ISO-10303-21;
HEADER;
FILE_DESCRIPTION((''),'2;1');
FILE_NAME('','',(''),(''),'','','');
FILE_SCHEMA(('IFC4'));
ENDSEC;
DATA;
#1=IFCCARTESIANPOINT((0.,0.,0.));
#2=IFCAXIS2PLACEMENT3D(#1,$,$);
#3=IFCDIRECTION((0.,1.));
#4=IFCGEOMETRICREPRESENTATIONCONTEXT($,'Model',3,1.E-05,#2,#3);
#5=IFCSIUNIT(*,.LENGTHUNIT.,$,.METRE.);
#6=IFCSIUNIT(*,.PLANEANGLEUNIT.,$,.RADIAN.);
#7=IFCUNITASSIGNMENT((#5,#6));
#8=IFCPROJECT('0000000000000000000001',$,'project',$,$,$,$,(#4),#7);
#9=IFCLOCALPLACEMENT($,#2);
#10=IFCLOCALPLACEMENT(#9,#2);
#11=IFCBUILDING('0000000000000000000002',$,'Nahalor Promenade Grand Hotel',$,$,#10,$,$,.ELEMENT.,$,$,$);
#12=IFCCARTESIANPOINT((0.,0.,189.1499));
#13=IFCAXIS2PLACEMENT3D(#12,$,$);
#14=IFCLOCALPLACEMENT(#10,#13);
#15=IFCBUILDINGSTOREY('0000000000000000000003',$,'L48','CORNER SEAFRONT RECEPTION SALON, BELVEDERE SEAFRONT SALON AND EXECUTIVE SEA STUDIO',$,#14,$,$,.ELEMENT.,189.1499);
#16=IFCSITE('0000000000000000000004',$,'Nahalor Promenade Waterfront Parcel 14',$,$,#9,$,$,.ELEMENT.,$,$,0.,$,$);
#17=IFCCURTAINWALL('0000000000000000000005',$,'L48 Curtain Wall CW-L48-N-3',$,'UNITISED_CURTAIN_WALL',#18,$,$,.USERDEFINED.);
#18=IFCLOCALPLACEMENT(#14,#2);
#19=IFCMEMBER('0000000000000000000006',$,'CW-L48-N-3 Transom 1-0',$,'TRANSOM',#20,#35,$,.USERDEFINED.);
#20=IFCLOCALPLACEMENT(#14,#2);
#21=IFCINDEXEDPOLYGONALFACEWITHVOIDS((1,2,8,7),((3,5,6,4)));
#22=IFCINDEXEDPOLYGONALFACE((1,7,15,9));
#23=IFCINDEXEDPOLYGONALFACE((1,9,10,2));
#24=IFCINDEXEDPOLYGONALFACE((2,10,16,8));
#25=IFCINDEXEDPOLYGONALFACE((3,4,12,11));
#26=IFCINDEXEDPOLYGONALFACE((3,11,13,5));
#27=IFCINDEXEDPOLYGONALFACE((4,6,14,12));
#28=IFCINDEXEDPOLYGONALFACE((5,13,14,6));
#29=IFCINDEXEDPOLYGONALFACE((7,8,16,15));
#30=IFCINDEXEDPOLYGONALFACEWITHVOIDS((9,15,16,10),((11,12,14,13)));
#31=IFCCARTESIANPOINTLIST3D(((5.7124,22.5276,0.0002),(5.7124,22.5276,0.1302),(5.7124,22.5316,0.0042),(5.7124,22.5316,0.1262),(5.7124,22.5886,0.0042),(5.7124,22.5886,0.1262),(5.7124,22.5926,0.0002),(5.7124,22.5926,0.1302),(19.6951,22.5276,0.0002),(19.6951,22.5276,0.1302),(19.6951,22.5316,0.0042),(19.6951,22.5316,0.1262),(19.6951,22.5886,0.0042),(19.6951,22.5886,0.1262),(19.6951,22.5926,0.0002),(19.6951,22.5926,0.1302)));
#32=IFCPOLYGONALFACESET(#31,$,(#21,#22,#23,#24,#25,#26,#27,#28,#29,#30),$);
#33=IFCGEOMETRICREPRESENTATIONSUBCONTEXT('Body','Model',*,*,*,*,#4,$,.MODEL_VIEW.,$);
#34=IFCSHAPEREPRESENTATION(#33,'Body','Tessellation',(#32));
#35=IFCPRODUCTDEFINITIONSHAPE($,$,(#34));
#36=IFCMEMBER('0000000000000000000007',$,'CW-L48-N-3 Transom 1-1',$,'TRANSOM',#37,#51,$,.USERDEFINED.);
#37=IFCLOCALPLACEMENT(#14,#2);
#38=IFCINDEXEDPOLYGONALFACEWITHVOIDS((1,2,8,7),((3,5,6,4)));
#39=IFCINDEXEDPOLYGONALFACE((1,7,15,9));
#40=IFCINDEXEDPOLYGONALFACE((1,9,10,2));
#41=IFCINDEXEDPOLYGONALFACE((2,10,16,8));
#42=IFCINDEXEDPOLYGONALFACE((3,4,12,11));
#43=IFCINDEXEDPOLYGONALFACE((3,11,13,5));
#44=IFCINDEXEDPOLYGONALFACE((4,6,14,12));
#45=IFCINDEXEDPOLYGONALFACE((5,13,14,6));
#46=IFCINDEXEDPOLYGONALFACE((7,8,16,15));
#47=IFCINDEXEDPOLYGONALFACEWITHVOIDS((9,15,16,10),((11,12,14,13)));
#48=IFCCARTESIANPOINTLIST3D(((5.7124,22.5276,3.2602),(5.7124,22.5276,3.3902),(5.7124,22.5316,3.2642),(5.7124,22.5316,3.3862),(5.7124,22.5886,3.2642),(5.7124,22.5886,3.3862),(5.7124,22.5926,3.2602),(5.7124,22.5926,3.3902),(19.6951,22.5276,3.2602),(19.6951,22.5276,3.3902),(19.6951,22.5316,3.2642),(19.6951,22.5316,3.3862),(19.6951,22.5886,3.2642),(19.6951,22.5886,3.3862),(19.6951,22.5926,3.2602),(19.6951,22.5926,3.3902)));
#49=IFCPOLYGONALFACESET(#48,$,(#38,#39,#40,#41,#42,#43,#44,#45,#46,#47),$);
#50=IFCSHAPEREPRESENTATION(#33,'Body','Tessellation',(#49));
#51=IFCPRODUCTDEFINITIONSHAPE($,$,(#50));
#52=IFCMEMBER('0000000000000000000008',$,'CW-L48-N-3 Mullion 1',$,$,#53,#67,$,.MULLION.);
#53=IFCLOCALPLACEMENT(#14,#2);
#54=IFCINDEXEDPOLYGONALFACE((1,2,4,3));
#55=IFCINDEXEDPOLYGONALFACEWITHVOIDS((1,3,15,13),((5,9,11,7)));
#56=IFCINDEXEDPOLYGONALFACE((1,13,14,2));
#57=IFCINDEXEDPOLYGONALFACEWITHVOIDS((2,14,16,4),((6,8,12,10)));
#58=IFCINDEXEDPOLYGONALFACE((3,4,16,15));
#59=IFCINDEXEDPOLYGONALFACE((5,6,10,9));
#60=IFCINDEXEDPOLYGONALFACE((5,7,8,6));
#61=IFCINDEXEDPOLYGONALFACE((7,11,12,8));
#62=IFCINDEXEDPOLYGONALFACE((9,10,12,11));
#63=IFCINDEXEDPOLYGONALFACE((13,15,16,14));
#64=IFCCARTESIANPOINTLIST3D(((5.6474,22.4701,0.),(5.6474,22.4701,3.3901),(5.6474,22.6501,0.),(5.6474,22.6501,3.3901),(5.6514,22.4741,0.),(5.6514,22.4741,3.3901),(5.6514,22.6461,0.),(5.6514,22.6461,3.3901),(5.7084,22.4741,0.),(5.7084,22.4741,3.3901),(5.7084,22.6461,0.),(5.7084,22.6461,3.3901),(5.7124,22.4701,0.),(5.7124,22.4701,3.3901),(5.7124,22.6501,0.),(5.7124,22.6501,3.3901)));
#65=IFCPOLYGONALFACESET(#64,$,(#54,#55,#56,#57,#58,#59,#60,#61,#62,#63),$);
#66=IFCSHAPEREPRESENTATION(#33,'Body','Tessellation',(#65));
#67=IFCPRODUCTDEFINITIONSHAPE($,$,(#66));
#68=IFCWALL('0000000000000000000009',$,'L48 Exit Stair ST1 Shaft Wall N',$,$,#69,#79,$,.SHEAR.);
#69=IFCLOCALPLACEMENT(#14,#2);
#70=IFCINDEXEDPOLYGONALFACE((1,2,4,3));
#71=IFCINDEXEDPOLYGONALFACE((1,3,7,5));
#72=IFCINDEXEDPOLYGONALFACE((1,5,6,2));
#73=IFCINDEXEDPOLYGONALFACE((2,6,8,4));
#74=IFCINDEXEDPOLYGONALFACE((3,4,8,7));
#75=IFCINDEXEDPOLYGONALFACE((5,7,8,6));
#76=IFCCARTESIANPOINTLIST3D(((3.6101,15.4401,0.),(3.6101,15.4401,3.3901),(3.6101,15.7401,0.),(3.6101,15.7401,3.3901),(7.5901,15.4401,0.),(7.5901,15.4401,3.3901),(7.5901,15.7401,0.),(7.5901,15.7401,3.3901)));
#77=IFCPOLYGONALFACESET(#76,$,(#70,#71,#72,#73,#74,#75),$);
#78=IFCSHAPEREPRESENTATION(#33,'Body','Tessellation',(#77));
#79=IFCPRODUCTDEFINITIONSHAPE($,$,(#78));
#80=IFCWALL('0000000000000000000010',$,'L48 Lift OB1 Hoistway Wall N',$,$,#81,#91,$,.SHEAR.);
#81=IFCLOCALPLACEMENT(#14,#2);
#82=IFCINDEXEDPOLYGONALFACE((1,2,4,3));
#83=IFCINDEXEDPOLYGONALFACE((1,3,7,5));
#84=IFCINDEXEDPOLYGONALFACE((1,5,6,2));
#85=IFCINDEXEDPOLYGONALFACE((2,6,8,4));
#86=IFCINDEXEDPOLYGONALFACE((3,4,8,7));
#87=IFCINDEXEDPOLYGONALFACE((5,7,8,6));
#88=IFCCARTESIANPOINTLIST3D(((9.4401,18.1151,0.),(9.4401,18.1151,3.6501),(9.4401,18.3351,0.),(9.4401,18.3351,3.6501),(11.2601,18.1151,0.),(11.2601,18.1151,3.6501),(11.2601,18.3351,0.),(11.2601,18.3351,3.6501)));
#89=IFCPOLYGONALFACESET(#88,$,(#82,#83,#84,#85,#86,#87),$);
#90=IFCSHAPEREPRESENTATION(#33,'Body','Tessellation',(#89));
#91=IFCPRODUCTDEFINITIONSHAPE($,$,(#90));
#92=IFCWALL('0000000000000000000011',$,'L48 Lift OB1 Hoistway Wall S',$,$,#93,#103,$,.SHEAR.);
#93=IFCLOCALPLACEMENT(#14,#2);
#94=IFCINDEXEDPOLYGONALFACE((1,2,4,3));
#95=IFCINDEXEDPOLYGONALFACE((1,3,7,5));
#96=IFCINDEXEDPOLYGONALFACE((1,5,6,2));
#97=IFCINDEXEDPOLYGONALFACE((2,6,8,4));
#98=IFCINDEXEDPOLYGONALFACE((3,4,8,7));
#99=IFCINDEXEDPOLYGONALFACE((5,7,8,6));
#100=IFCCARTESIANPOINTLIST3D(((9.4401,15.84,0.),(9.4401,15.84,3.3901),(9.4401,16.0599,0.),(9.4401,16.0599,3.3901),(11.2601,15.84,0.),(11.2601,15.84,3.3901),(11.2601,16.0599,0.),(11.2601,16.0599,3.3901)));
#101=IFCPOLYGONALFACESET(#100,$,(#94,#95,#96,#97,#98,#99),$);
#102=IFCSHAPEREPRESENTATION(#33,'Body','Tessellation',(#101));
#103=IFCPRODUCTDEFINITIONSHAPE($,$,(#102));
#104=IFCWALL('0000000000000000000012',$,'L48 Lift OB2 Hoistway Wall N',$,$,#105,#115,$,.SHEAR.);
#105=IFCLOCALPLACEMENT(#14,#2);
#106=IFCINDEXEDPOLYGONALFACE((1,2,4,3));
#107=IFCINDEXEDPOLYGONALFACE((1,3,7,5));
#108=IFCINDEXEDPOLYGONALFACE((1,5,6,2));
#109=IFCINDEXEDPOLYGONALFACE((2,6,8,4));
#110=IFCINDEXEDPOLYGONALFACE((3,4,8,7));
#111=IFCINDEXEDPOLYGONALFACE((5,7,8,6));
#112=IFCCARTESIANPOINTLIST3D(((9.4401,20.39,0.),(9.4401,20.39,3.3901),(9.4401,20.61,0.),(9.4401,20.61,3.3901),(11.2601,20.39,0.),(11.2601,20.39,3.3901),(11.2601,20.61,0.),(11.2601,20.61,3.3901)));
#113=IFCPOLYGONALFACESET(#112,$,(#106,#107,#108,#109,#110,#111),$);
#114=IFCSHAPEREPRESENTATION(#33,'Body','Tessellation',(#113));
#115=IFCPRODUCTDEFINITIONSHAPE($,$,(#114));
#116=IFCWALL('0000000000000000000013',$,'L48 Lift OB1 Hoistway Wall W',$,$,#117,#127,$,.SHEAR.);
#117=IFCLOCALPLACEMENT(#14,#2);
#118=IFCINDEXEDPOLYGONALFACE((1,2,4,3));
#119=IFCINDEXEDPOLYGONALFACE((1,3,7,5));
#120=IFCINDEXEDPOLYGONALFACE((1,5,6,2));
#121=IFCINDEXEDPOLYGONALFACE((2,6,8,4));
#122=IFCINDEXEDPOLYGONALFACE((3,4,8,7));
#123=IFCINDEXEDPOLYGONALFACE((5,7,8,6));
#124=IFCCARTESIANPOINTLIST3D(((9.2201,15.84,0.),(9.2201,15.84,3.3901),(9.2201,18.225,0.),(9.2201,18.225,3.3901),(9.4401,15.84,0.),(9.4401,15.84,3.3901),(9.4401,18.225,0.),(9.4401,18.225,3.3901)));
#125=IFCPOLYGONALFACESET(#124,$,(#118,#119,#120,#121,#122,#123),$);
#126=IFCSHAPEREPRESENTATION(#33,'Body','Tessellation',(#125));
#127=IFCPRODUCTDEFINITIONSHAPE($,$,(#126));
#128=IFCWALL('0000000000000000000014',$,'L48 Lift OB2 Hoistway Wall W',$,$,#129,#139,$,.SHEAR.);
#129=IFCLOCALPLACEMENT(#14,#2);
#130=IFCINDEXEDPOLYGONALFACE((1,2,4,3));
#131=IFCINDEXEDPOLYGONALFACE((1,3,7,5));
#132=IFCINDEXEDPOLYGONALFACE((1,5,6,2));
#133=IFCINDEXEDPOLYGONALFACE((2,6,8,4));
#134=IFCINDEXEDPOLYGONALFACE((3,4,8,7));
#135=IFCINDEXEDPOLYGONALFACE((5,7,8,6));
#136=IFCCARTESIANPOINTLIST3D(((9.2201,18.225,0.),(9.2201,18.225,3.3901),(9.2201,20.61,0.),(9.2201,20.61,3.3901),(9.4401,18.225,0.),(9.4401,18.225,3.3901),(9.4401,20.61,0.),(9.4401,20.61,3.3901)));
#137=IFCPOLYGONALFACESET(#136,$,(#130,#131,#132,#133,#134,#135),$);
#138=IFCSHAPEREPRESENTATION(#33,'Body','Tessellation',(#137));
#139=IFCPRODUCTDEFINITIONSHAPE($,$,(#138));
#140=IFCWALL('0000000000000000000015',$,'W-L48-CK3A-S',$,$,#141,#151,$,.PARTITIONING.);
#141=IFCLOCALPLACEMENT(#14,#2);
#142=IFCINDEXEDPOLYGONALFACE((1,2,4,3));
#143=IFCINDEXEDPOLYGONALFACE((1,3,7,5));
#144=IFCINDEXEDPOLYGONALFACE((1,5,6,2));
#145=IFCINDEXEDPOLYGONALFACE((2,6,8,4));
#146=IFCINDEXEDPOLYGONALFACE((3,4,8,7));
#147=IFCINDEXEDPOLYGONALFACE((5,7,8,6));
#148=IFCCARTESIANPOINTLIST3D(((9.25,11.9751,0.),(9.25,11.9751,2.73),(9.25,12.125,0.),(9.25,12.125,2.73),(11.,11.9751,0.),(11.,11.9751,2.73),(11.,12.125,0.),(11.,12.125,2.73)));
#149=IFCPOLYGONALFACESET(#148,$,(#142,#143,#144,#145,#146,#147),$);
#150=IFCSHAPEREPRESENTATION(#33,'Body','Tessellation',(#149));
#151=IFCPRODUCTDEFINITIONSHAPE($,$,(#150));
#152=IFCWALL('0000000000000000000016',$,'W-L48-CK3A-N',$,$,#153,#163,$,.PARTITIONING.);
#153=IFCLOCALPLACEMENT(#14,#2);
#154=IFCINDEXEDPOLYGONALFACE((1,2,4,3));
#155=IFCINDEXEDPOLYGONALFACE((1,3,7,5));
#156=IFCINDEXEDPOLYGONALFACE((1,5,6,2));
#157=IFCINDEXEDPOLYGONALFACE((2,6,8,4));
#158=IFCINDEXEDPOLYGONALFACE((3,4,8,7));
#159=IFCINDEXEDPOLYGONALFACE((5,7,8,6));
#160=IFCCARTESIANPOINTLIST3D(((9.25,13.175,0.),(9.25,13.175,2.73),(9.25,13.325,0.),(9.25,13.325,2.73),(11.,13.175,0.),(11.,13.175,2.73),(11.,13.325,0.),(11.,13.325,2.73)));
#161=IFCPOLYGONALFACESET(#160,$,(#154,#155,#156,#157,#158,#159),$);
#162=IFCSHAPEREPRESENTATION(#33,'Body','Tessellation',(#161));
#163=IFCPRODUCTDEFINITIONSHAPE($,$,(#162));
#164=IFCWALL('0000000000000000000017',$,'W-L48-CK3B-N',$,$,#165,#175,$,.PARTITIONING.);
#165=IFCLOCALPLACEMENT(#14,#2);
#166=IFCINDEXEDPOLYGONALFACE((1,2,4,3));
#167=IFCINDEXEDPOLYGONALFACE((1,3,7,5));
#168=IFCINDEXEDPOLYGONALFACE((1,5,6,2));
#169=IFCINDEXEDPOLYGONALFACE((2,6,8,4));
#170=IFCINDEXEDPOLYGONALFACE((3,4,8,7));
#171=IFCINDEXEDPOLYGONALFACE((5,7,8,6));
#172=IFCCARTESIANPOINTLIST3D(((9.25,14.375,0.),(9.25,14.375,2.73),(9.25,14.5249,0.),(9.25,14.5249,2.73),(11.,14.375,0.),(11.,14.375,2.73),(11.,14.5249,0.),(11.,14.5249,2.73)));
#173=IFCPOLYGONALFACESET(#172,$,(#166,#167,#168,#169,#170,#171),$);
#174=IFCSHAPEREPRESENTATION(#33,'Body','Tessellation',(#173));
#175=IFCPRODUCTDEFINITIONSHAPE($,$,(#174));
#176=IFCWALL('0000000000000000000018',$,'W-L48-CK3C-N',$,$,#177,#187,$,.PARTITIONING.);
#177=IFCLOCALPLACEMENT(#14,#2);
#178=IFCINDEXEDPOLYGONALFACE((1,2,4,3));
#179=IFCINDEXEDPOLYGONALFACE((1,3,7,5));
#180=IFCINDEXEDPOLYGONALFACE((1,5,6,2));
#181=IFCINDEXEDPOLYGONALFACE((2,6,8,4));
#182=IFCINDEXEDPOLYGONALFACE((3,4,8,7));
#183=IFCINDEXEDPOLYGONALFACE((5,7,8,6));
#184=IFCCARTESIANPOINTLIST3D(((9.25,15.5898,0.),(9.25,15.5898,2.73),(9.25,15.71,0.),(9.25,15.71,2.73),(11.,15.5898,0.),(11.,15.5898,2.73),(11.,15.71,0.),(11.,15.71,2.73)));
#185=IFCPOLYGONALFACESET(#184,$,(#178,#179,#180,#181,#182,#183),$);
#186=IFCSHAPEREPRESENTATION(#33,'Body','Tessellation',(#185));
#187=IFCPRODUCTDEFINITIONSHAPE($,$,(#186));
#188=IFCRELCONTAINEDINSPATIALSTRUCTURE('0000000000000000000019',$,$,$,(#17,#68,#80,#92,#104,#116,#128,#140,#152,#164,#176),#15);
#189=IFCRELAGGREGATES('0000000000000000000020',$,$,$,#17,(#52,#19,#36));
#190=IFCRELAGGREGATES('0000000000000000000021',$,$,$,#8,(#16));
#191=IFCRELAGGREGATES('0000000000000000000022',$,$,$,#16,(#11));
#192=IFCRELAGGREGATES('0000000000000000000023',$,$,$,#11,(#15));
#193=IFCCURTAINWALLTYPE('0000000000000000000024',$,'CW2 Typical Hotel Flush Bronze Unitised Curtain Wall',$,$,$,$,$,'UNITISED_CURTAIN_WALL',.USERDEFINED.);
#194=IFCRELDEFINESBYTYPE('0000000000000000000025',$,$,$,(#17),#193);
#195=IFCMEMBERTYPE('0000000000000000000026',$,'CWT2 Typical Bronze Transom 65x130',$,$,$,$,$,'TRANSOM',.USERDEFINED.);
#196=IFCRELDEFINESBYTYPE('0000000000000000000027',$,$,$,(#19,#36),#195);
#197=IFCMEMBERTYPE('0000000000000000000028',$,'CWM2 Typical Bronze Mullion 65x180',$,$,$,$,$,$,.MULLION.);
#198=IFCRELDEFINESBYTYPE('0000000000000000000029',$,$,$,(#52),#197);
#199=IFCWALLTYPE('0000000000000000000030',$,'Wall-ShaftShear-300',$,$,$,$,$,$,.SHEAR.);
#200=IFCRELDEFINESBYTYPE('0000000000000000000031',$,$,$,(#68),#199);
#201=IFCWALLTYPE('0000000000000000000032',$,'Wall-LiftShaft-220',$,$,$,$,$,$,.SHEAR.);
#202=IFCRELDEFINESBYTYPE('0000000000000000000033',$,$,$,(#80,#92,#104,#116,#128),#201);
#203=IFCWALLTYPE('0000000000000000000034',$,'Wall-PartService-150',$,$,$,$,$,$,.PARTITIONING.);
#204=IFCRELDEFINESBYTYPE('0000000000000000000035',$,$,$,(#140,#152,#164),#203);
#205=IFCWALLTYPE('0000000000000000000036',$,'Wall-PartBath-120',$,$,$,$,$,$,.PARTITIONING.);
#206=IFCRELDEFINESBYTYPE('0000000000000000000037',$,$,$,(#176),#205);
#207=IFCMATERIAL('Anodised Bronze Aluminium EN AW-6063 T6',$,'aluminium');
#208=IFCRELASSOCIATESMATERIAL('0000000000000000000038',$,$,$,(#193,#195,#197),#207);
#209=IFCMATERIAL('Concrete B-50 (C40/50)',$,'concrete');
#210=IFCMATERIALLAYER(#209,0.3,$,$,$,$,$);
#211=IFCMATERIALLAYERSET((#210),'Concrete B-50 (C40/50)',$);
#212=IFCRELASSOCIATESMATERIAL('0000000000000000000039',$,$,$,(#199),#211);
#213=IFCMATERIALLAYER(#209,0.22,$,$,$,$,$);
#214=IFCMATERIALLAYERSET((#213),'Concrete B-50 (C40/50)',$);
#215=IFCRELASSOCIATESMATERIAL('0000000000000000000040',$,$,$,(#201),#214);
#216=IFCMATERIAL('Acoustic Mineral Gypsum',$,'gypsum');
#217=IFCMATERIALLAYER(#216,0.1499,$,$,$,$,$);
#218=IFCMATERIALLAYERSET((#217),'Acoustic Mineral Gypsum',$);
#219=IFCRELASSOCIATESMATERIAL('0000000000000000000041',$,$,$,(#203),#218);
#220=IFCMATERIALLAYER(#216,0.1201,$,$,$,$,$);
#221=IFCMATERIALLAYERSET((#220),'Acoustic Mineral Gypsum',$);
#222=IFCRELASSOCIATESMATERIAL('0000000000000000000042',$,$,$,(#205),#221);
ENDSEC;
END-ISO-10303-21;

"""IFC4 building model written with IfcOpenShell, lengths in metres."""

from ifc_helpers import new_model, si_unit, direction, frame, frame_2d, origin, origin_2d, place, context, subcontext, project, spatial, rectangle, hollow_rectangle, extrude, source, transform, mapped, material, layer, layer_set, material_profile, profile_set, type_object, element, aggregate, save


model = new_model("IFC4")

# Units and contexts
model_context = context("Model", 3, precision=1e-05, world=origin(), true_north=direction((0.0, 1.0)))
body_context = subcontext(model_context, "Body", "Model", "MODEL_VIEW")
ifc_project = project(units=[si_unit("LENGTHUNIT", "METRE"), si_unit("PLANEANGLEUNIT", "RADIAN")], contexts=[model_context])

# Site, building, storey
site_placement = place(None, origin())
site = spatial("IfcSite", under=ifc_project, at=site_placement, Name="Nahalor Promenade Waterfront Parcel 14", CompositionType="ELEMENT", RefElevation=0.0)
building_placement = place(site_placement, origin())
building = spatial("IfcBuilding", under=site, at=building_placement, Name="Nahalor Promenade Grand Hotel", CompositionType="ELEMENT")
storey_placement = place(building_placement, frame((0.0, 0.0, 189.1499)))
storey = spatial("IfcBuildingStorey", under=building, at=storey_placement, Name="L48", Description="CORNER SEAFRONT RECEPTION SALON, BELVEDERE SEAFRONT SALON AND EXECUTIVE SEA STUDIO", CompositionType="ELEMENT", Elevation=189.1499)

# Curtain wall, members
ifc_material_1 = material(Name="Anodised Bronze Aluminium EN AW-6063 T6", Category="aluminium")
curtain_wall_type = type_object("IfcCurtainWallType", Name="CW2 Typical Hotel Flush Bronze Unitised Curtain Wall", ElementType="UNITISED_CURTAIN_WALL", PredefinedType="USERDEFINED", material=ifc_material_1)
curtain_wall_placement = place(storey_placement, origin())
curtain_wall = element("IfcCurtainWall", 1, at=curtain_wall_placement, inside=storey, type_object=curtain_wall_type, Name="L48 Curtain Wall CW-L48-N-3", ObjectType="UNITISED_CURTAIN_WALL", PredefinedType="USERDEFINED")
ifc_material_profile_1 = material_profile(ifc_material_1, hollow_rectangle(XDim=0.065, YDim=0.13, WallThickness=0.004, at=origin_2d()), Name="CWT 65x130x4")
ifc_profile_set_1 = profile_set([ifc_material_profile_1], Name="Anodised Bronze Aluminium EN AW-6063 T6")
member_type_1 = type_object("IfcMemberType", Name="CWT2 Typical Bronze Transom 65x130", ElementType="TRANSOM", PredefinedType="USERDEFINED", material=ifc_profile_set_1)
shared_shape_1 = source(origin(), body_context, "Body", "SweptSolid", [
    extrude(hollow_rectangle(XDim=0.065, YDim=0.13, WallThickness=0.004, at=origin_2d()), origin(), (0.0, 0.0, 1.0), 13.9827),
])
member_1_placement = place(storey_placement, frame((5.7124, 22.5601, 0.0652), z_axis=(1.0, 0.0, 0.0), x_axis=(0.0, 1.0, 0.0)))
member_1 = element("IfcMember", 2, at=member_1_placement, type_object=member_type_1, Name="CW-L48-N-3 Transom 1-0", ObjectType="TRANSOM", PredefinedType="USERDEFINED", context=body_context, shape_type="MappedRepresentation", body=[
    mapped(shared_shape_1, transform((0.0, 0.0, 0.0), scale=1.0)),
])
member_2_placement = place(storey_placement, frame((5.7124, 22.5601, 3.3252), z_axis=(1.0, 0.0, 0.0), x_axis=(0.0, 1.0, 0.0)))
member_2 = element("IfcMember", 3, at=member_2_placement, type_object=member_type_1, Name="CW-L48-N-3 Transom 1-1", ObjectType="TRANSOM", PredefinedType="USERDEFINED", context=body_context, shape_type="MappedRepresentation", body=[
    mapped(shared_shape_1, transform((0.0, 0.0, 0.0), scale=1.0)),
])
ifc_material_profile_2 = material_profile(ifc_material_1, hollow_rectangle(XDim=0.065, YDim=0.18, WallThickness=0.004, at=origin_2d()), Name="CWM 65x180x4")
ifc_profile_set_2 = profile_set([ifc_material_profile_2], Name="Anodised Bronze Aluminium EN AW-6063 T6")
member_type_2 = type_object("IfcMemberType", Name="CWM2 Typical Bronze Mullion 65x180", PredefinedType="MULLION", material=ifc_profile_set_2)
shared_shape_2 = source(origin(), body_context, "Body", "SweptSolid", [
    extrude(hollow_rectangle(XDim=0.065, YDim=0.18, WallThickness=0.004, at=origin_2d()), origin(), (0.0, 0.0, 1.0), 3.3901),
])
member_3_placement = place(storey_placement, frame((5.6799, 22.5601, 0.0), z_axis=(0.0, 0.0, 1.0), x_axis=(1.0, 0.0, 0.0)))
member_3 = element("IfcMember", 4, at=member_3_placement, type_object=member_type_2, Name="CW-L48-N-3 Mullion 1", PredefinedType="MULLION", context=body_context, shape_type="MappedRepresentation", body=[
    mapped(shared_shape_2, transform((0.0, 0.0, 0.0), scale=1.0)),
])
aggregate(curtain_wall, [member_3, member_1, member_2])

# Walls
ifc_material_2 = material(Name="Concrete B-50 (C40/50)", Category="concrete")
ifc_layer_1 = layer(ifc_material_2, 0.3)
ifc_layer_set_1 = layer_set([ifc_layer_1], Name="Concrete B-50 (C40/50)")
wall_type_1 = type_object("IfcWallType", Name="Wall-ShaftShear-300", PredefinedType="SHEAR", material=ifc_layer_set_1)
shared_shape_3 = source(origin(), body_context, "Body", "SweptSolid", [
    extrude(rectangle(XDim=3.98, YDim=0.3, at=frame_2d((1.99, 0.0))), origin(), (0.0, 0.0, 1.0), 3.3901),
])
wall_1_placement = place(storey_placement, frame((3.6101, 15.5901, 0.0), z_axis=(0.0, 0.0, 1.0), x_axis=(1.0, 0.0, 0.0)))
element("IfcWall", 5, at=wall_1_placement, inside=storey, type_object=wall_type_1, Name="L48 Exit Stair ST1 Shaft Wall N", PredefinedType="SHEAR", context=body_context, shape_type="MappedRepresentation", body=[
    mapped(shared_shape_3, transform((0.0, 0.0, 0.0), scale=1.0)),
])
ifc_layer_2 = layer(ifc_material_2, 0.22)
ifc_layer_set_2 = layer_set([ifc_layer_2], Name="Concrete B-50 (C40/50)")
wall_type_2 = type_object("IfcWallType", Name="Wall-LiftShaft-220", PredefinedType="SHEAR", material=ifc_layer_set_2)
shared_shape_4 = source(origin(), body_context, "Body", "SweptSolid", [
    extrude(rectangle(XDim=1.8201, YDim=0.22, at=frame_2d((0.9102, 0.0))), origin(), (0.0, 0.0, 1.0), 3.6501),
])
wall_2_placement = place(storey_placement, frame((9.4399, 18.2251, 0.0), z_axis=(0.0, 0.0, 1.0), x_axis=(1.0, 0.0, 0.0)))
element("IfcWall", 6, at=wall_2_placement, inside=storey, type_object=wall_type_2, Name="L48 Lift OB1 Hoistway Wall N", PredefinedType="SHEAR", context=body_context, shape_type="MappedRepresentation", body=[
    mapped(shared_shape_4, transform((0.0, 0.0, 0.0), scale=1.0)),
])
shared_shape_5 = source(origin(), body_context, "Body", "SweptSolid", [
    extrude(rectangle(XDim=1.8201, YDim=0.22, at=frame_2d((0.9102, 0.0))), origin(), (0.0, 0.0, 1.0), 3.3901),
])
for number, where, z_axis, x_axis, name in (
    (7, (9.4399, 15.95, 0.0), (0.0, 0.0, 1.0), (1.0, 0.0, 0.0), "L48 Lift OB1 Hoistway Wall S"),
    (8, (9.4399, 20.5, 0.0), (0.0, 0.0, 1.0), (1.0, 0.0, 0.0), "L48 Lift OB2 Hoistway Wall N"),
):
    element("IfcWall", number, at=place(storey_placement, frame(where, z_axis=z_axis, x_axis=x_axis)), inside=storey, type_object=wall_type_2, Name=name, PredefinedType="SHEAR", context=body_context, shape_type="MappedRepresentation", body=[
        mapped(shared_shape_5, transform((0.0, 0.0, 0.0), scale=1.0)),
    ])
shared_shape_6 = source(origin(), body_context, "Body", "SweptSolid", [
    extrude(rectangle(XDim=2.385, YDim=0.22, at=frame_2d((1.1924, 0.0))), origin(), (0.0, 0.0, 1.0), 3.3901),
])
for number, where, z_axis, x_axis, name in (
    (9, (9.3301, 15.8401, 0.0), (0.0, 0.0, 1.0), (0.0, 1.0, 0.0), "L48 Lift OB1 Hoistway Wall W"),
    (10, (9.3301, 18.2251, 0.0), (0.0, 0.0, 1.0), (0.0, 1.0, 0.0), "L48 Lift OB2 Hoistway Wall W"),
):
    element("IfcWall", number, at=place(storey_placement, frame(where, z_axis=z_axis, x_axis=x_axis)), inside=storey, type_object=wall_type_2, Name=name, PredefinedType="SHEAR", context=body_context, shape_type="MappedRepresentation", body=[
        mapped(shared_shape_6, transform((0.0, 0.0, 0.0), scale=1.0)),
    ])
ifc_material_3 = material(Name="Acoustic Mineral Gypsum", Category="gypsum")
ifc_layer_3 = layer(ifc_material_3, 0.1499)
ifc_layer_set_3 = layer_set([ifc_layer_3], Name="Acoustic Mineral Gypsum")
wall_type_3 = type_object("IfcWallType", Name="Wall-PartService-150", PredefinedType="PARTITIONING", material=ifc_layer_set_3)
shared_shape_7 = source(origin(), body_context, "Body", "SweptSolid", [
    extrude(rectangle(XDim=1.75, YDim=0.1499, at=frame_2d((0.875, 0.0))), origin(), (0.0, 0.0, 1.0), 2.73),
])
for number, where, z_axis, x_axis, name in (
    (11, (9.25, 12.05, 0.0), (0.0, 0.0, 1.0), (1.0, 0.0, 0.0), "W-L48-CK3A-S"),
    (12, (9.25, 13.25, 0.0), (0.0, 0.0, 1.0), (1.0, 0.0, 0.0), "W-L48-CK3A-N"),
    (13, (9.25, 14.45, 0.0), (0.0, 0.0, 1.0), (1.0, 0.0, 0.0), "W-L48-CK3B-N"),
):
    element("IfcWall", number, at=place(storey_placement, frame(where, z_axis=z_axis, x_axis=x_axis)), inside=storey, type_object=wall_type_3, Name=name, PredefinedType="PARTITIONING", context=body_context, shape_type="MappedRepresentation", body=[
        mapped(shared_shape_7, transform((0.0, 0.0, 0.0), scale=1.0)),
    ])
ifc_layer_4 = layer(ifc_material_3, 0.1201)
ifc_layer_set_4 = layer_set([ifc_layer_4], Name="Acoustic Mineral Gypsum")
wall_type_4 = type_object("IfcWallType", Name="Wall-PartBath-120", PredefinedType="PARTITIONING", material=ifc_layer_set_4)
shared_shape_8 = source(origin(), body_context, "Body", "SweptSolid", [
    extrude(rectangle(XDim=1.75, YDim=0.1201, at=frame_2d((0.875, 0.0))), origin(), (0.0, 0.0, 1.0), 2.73),
])
wall_3_placement = place(storey_placement, frame((9.25, 15.6499, 0.0), z_axis=(0.0, 0.0, 1.0), x_axis=(1.0, 0.0, 0.0)))
element("IfcWall", 14, at=wall_3_placement, inside=storey, type_object=wall_type_4, Name="W-L48-CK3C-N", PredefinedType="PARTITIONING", context=body_context, shape_type="MappedRepresentation", body=[
    mapped(shared_shape_8, transform((0.0, 0.0, 0.0), scale=1.0)),
])

save(model, "model.ifc")
